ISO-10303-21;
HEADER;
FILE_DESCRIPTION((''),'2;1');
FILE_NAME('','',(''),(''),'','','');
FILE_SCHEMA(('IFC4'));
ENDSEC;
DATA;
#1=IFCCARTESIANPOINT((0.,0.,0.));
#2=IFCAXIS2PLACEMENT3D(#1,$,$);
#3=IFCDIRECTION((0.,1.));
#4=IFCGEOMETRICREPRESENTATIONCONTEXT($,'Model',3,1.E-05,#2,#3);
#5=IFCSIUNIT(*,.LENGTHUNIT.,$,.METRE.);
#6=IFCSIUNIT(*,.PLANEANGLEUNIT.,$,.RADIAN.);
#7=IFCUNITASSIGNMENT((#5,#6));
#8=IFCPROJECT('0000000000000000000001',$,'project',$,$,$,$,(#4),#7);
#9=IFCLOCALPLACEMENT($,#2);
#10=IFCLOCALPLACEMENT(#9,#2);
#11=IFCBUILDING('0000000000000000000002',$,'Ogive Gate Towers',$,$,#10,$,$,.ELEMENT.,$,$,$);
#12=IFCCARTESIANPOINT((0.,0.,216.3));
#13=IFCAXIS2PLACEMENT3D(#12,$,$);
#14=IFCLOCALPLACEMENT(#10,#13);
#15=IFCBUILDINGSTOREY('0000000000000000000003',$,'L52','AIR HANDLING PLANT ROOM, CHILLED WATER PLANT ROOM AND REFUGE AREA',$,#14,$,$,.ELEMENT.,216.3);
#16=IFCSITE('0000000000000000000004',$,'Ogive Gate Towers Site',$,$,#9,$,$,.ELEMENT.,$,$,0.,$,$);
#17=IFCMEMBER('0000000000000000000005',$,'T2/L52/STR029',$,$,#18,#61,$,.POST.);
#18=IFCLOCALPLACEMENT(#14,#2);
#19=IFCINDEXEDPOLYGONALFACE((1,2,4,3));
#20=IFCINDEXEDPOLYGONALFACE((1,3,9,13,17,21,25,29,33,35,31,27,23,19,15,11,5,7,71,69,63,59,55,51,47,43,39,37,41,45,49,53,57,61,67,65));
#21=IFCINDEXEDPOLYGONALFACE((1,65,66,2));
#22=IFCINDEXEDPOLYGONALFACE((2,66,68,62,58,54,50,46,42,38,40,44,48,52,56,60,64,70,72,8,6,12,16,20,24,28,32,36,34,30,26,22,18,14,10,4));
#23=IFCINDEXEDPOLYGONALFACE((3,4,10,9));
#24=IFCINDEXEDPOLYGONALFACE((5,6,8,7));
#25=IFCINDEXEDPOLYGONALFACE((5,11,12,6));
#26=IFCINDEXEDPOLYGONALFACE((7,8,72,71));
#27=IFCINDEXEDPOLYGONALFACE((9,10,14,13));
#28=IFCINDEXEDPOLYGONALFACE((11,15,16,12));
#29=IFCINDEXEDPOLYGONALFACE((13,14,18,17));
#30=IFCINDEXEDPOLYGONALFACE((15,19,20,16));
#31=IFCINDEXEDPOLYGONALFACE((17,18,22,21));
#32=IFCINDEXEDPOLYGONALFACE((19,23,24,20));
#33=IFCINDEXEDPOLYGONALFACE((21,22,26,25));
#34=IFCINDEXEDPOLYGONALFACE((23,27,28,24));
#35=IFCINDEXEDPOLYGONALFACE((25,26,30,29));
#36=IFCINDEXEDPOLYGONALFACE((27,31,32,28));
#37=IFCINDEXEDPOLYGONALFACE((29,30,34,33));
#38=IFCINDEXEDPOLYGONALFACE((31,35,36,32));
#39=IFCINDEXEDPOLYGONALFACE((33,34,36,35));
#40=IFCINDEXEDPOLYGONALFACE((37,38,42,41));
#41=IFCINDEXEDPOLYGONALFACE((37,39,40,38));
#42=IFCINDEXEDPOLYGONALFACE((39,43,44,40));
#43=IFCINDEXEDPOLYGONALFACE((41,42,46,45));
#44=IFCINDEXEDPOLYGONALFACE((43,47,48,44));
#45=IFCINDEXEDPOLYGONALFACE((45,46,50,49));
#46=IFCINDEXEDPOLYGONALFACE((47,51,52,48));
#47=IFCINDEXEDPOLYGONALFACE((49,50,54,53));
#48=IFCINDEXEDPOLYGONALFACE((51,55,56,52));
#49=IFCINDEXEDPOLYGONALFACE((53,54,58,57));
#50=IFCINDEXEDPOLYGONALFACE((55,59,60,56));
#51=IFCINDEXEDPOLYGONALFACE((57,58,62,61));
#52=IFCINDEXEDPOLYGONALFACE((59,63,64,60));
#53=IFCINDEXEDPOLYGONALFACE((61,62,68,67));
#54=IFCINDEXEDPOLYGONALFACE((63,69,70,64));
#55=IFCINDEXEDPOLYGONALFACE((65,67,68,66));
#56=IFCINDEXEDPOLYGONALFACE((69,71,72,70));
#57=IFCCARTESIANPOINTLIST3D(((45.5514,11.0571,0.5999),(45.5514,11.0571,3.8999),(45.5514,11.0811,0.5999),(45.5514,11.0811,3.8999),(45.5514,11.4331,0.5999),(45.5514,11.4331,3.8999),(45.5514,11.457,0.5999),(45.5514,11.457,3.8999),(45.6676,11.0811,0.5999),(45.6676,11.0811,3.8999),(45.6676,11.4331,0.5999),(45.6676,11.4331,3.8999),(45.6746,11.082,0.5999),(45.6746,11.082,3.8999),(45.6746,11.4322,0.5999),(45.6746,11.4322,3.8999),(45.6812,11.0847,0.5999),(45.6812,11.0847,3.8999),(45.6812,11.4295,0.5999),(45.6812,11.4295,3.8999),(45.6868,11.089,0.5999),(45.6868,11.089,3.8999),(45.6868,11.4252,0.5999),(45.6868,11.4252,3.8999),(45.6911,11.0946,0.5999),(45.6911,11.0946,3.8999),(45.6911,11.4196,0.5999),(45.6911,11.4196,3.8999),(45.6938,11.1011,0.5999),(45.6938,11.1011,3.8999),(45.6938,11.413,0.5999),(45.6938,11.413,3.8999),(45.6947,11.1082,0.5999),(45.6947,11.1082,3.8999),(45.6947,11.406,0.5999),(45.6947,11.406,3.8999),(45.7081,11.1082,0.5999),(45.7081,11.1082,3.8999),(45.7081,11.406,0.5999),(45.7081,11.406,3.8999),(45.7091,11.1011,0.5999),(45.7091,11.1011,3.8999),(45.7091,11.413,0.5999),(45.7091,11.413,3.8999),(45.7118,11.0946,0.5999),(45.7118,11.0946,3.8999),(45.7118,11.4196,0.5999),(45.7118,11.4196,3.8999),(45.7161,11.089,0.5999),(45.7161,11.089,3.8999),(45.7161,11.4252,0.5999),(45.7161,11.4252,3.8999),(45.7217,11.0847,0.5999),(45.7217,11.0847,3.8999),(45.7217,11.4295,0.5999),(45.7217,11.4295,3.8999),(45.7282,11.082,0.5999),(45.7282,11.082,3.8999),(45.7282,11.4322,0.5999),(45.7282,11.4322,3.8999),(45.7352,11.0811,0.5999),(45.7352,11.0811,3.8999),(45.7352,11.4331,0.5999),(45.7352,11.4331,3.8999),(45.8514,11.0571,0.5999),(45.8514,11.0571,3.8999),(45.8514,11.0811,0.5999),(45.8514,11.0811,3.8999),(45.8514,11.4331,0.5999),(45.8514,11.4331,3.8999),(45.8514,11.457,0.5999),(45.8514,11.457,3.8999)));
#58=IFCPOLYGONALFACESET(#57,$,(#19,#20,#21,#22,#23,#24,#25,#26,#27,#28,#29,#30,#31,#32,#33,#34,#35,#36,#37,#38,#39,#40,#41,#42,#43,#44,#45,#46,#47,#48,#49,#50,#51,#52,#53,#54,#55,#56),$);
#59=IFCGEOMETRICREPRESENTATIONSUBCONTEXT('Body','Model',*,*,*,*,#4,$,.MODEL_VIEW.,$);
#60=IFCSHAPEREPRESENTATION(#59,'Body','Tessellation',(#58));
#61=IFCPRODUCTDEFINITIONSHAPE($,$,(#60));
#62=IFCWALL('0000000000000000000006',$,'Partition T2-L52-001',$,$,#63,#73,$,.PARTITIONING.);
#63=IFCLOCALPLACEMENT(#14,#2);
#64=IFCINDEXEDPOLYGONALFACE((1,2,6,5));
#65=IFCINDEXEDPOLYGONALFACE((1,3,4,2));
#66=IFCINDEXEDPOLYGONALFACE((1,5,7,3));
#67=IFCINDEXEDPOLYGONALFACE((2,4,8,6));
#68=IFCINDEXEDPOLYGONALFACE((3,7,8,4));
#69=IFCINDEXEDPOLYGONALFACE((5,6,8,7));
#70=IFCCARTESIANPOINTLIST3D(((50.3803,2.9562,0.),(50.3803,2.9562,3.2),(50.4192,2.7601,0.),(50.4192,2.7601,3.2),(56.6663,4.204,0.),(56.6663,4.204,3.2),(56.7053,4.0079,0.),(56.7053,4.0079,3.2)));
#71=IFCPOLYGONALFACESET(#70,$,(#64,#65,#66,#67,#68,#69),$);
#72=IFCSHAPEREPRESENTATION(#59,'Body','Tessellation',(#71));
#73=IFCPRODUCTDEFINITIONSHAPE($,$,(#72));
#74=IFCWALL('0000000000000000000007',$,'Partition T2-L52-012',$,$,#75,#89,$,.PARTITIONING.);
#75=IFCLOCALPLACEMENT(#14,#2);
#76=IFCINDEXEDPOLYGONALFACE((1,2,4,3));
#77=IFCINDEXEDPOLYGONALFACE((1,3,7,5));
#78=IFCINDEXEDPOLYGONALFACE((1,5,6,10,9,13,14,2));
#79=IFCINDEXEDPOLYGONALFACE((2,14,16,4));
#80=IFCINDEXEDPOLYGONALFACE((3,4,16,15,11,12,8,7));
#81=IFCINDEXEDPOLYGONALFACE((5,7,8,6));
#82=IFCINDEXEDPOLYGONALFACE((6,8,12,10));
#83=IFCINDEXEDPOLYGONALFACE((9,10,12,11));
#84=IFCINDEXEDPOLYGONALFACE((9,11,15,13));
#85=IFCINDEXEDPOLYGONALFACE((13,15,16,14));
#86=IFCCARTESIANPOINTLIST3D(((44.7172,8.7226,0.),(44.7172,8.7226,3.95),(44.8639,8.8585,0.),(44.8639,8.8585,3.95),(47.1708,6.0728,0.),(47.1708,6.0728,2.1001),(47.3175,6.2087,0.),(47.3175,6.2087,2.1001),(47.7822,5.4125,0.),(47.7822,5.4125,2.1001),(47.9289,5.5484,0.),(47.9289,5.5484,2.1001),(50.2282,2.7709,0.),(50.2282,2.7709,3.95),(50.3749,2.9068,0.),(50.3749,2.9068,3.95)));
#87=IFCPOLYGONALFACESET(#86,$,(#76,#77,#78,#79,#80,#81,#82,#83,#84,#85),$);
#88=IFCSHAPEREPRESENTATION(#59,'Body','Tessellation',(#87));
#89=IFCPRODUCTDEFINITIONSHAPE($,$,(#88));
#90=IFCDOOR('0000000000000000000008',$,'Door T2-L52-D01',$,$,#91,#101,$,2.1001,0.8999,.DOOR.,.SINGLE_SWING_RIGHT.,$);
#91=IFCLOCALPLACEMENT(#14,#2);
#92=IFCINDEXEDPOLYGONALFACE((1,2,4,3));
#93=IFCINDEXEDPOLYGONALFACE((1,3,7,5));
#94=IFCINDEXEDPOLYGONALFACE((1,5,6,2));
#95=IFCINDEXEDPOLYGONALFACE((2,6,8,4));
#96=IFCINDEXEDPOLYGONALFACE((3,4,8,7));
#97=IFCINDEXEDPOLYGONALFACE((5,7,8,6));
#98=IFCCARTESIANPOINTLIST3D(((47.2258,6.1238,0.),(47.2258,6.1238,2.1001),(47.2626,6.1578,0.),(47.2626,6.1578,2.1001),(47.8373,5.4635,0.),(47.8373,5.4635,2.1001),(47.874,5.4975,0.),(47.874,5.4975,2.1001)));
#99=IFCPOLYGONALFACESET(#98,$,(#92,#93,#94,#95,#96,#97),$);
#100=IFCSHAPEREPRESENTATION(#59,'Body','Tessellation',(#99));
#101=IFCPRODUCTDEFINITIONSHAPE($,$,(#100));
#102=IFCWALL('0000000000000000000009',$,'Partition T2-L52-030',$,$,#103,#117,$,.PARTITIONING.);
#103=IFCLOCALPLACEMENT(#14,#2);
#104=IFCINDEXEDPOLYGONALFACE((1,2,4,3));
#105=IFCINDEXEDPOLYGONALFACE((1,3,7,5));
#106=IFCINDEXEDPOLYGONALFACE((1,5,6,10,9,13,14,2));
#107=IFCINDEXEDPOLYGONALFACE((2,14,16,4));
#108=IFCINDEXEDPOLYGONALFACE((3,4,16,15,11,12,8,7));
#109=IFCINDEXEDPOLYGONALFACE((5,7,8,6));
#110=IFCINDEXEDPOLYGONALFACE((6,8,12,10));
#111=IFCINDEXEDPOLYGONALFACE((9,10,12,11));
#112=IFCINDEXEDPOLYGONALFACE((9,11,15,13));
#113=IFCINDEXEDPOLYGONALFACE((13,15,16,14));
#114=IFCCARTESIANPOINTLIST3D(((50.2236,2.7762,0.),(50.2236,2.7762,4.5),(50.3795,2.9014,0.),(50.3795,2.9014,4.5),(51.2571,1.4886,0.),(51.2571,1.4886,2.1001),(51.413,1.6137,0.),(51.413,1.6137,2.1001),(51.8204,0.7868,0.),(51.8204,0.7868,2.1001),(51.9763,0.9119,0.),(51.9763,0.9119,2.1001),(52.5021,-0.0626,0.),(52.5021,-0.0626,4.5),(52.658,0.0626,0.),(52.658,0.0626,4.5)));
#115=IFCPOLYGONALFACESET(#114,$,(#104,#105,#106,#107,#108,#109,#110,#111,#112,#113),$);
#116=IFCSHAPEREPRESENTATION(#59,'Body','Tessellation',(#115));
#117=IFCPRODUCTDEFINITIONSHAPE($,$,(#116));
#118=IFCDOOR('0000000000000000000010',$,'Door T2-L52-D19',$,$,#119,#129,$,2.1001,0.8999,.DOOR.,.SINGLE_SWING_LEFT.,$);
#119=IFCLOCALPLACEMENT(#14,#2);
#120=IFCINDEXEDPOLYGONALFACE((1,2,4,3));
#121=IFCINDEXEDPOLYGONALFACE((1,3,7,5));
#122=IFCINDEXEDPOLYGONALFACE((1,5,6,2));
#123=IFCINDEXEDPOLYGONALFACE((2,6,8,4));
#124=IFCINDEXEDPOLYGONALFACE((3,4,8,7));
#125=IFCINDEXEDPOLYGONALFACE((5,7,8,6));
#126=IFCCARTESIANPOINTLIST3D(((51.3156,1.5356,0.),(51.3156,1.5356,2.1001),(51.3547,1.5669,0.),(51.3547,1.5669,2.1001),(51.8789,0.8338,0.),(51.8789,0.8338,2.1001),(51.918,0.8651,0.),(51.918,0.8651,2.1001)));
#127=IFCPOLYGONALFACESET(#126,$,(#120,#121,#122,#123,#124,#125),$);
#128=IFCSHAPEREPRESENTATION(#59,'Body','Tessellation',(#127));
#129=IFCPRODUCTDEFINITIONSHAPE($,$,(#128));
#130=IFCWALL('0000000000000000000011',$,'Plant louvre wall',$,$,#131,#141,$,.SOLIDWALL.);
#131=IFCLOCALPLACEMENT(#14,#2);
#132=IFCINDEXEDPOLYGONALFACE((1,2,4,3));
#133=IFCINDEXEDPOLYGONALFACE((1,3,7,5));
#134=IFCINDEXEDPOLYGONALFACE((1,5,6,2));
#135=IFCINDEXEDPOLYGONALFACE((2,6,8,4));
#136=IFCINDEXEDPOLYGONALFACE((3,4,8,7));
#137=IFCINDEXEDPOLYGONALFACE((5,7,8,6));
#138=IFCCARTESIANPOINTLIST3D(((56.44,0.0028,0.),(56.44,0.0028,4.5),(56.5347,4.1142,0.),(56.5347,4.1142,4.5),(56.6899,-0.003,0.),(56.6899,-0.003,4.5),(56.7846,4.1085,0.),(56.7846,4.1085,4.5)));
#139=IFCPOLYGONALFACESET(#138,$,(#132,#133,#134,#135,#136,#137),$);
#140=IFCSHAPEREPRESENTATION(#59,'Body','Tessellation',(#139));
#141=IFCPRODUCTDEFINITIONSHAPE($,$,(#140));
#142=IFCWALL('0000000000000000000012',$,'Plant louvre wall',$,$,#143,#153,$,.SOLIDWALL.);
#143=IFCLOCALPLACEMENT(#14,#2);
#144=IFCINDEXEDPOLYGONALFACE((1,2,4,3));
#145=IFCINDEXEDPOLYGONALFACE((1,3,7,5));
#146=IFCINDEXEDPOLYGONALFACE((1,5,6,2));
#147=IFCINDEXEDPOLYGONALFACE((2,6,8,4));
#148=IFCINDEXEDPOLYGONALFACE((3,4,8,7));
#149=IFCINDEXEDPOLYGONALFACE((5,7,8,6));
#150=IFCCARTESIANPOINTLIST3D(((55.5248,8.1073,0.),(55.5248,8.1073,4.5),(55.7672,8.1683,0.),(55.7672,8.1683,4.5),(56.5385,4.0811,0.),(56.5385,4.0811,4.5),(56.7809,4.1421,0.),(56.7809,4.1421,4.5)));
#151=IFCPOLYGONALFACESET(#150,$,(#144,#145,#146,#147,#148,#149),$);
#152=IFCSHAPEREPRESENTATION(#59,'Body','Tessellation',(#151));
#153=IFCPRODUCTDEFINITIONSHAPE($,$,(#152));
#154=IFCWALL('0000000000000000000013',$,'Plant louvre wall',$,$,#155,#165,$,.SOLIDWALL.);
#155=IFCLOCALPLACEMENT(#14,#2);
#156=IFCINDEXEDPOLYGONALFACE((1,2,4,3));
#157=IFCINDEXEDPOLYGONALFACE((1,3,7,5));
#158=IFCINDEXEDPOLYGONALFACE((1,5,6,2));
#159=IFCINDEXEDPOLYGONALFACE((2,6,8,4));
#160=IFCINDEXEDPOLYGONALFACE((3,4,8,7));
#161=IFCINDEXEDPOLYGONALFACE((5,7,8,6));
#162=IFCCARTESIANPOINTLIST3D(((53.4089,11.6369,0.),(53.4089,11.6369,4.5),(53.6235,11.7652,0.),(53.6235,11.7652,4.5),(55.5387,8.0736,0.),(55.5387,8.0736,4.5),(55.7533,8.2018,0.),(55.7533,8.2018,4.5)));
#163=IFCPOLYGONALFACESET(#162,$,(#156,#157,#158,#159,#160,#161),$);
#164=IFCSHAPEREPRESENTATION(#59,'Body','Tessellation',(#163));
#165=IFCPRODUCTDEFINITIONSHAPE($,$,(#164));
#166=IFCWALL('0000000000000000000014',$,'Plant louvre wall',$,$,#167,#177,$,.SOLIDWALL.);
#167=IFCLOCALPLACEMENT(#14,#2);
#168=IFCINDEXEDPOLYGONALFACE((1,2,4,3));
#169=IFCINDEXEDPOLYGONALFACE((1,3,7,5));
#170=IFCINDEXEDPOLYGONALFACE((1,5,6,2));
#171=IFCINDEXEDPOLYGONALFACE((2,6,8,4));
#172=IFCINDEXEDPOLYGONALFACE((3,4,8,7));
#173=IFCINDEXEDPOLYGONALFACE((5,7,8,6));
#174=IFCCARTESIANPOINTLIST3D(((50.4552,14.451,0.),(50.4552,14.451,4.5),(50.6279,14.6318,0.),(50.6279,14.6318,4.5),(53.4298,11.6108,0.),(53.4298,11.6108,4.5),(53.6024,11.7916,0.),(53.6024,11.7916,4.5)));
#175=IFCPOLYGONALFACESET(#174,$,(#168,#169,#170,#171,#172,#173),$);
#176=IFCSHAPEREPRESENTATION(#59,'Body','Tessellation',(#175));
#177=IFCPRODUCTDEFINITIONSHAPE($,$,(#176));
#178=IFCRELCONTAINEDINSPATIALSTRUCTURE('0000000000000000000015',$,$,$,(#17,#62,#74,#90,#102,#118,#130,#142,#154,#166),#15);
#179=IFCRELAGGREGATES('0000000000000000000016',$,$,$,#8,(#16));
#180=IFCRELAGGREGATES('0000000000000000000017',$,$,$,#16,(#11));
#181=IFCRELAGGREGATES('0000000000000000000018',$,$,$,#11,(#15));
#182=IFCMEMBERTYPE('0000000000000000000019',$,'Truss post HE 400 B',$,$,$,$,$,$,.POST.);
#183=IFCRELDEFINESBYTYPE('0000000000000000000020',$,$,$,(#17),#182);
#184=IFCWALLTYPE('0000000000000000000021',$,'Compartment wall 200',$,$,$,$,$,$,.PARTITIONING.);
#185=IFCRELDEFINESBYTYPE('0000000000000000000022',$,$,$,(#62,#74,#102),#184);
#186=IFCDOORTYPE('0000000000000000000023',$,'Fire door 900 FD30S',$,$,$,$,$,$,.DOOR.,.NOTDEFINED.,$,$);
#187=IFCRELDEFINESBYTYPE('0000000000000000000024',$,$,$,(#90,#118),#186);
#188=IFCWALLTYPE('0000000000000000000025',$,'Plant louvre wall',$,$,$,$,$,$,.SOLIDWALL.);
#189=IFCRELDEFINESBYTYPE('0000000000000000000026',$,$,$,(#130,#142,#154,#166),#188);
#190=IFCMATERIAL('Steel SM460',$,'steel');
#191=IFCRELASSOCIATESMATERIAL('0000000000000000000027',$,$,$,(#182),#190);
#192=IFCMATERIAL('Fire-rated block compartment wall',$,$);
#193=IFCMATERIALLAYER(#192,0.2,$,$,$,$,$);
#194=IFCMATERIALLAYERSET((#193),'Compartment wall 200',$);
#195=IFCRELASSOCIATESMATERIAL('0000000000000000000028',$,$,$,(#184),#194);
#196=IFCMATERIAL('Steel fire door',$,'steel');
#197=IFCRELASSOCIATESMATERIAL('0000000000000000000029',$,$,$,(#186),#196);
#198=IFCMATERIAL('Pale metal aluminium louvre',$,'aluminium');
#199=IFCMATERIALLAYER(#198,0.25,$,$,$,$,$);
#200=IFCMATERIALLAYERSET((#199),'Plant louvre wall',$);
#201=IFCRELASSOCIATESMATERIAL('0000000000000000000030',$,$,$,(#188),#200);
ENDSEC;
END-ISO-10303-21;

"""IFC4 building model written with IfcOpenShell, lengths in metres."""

from ifc_helpers import new_model, si_unit, direction, frame, frame_2d, origin, origin_2d, place, context, subcontext, project, spatial, rectangle, i_section, extrude, material, layer, layer_set, material_profile, profile_set, type_object, element, fill, save


model = new_model("IFC4")

# Units and contexts
model_context = context("Model", 3, precision=1e-05, world=origin(), true_north=direction((0.0, 1.0)))
body_context = subcontext(model_context, "Body", "Model", "MODEL_VIEW")
ifc_project = project(units=[si_unit("LENGTHUNIT", "METRE"), si_unit("PLANEANGLEUNIT", "RADIAN")], contexts=[model_context])

# Site, building, storey
site_placement = place(None, origin())
site = spatial("IfcSite", under=ifc_project, at=site_placement, Name="Ogive Gate Towers Site", CompositionType="ELEMENT", RefElevation=0.0)
building_placement = place(site_placement, origin())
building = spatial("IfcBuilding", under=site, at=building_placement, Name="Ogive Gate Towers", CompositionType="ELEMENT")
storey_placement = place(building_placement, frame((0.0, 0.0, 216.3)))
storey = spatial("IfcBuildingStorey", under=building, at=storey_placement, Name="L52", Description="AIR HANDLING PLANT ROOM, CHILLED WATER PLANT ROOM AND REFUGE AREA", CompositionType="ELEMENT", Elevation=216.3)

# Shared definitions
ifc_material_1 = material(Name="Steel SM460", Category="steel")

# Member
ifc_material_profile_1 = material_profile(ifc_material_1, i_section(OverallWidth=0.3, OverallDepth=0.3999, WebThickness=0.0134, FlangeThickness=0.0239, FilletRadius=0.0271, at=origin_2d()), Name="HE 400 B")
ifc_profile_set_1 = profile_set([ifc_material_profile_1], Name="Steel SM460")
member_type_1 = type_object("IfcMemberType", Name="Truss post HE 400 B", PredefinedType="POST", material=ifc_profile_set_1)
member_1_placement = place(storey_placement, frame((45.7014, 11.2571, 0.5999), z_axis=(0.0, 0.0, 1.0), x_axis=(1.0, 0.0, 0.0)))
element("IfcMember", 1, at=member_1_placement, inside=storey, type_object=member_type_1, Name="T2/L52/STR029", PredefinedType="POST", context=body_context, shape_type="SweptSolid", body=[
    extrude(i_section(OverallWidth=0.3, OverallDepth=0.3999, WebThickness=0.0134, FlangeThickness=0.0239, FilletRadius=0.0271, at=origin_2d()), origin(), (0.0, 0.0, 1.0), 3.3),
])

# Wall
ifc_material_2 = material(Name="Fire-rated block compartment wall")
ifc_layer_1 = layer(ifc_material_2, 0.2)
ifc_layer_set_1 = layer_set([ifc_layer_1], Name="Compartment wall 200")
wall_type_1 = type_object("IfcWallType", Name="Compartment wall 200", PredefinedType="PARTITIONING", material=ifc_layer_set_1)
wall_1_placement = place(storey_placement, frame((56.6858, 4.106, 0.0), z_axis=(0.0, 0.0, 1.0), x_axis=(-0.980862, -0.194702, 0.0)))
element("IfcWall", 2, at=wall_1_placement, inside=storey, type_object=wall_type_1, Name="Partition T2-L52-001", PredefinedType="PARTITIONING", context=body_context, shape_type="SweptSolid", body=[
    extrude(rectangle(XDim=6.4087, YDim=0.2, at=frame_2d((3.2043, 0.0))), origin(), (0.0, 0.0, 1.0), 3.2),
])

# Walls, openings, doors
wall_2_placement = place(storey_placement, frame((50.3015, 2.8389, 0.0), z_axis=(0.0, 0.0, 1.0), x_axis=(-0.679421, 0.733749, 0.0)))
wall_2 = element("IfcWall", 3, at=wall_2_placement, inside=storey, type_object=wall_type_1, Name="Partition T2-L52-012", PredefinedType="PARTITIONING", context=body_context, shape_type="SweptSolid", body=[
    extrude(rectangle(XDim=8.1113, YDim=0.2, at=frame_2d((4.0557, 0.0))), origin(), (0.0, 0.0, 1.0), 3.95),
])
opening_1_placement = place(wall_2_placement, frame((3.6001, 0.0, 0.0)))
opening_1 = element("IfcOpeningElement", 4, at=opening_1_placement, cuts=wall_2, PredefinedType="OPENING", context=body_context, shape_type="SweptSolid", body=[
    extrude(rectangle(XDim=0.8999, YDim=2.1001, at=frame_2d((0.45, 1.05))), frame((0.0, 0.1099, 0.0), z_axis=(0.0, -1.0, 0.0), x_axis=(1.0, 0.0, 0.0)), (0.0, 0.0, 1.0), 0.22),
])
ifc_material_3 = material(Name="Steel fire door", Category="steel")
door_type = type_object("IfcDoorType", Name="Fire door 900 FD30S", OperationType="NOTDEFINED", PredefinedType="DOOR", material=ifc_material_3)
door_1_placement = place(opening_1_placement, origin())
door_1 = element("IfcDoor", 5, at=door_1_placement, inside=storey, type_object=door_type, Name="Door T2-L52-D01", OperationType="SINGLE_SWING_RIGHT", OverallHeight=2.1001, OverallWidth=0.8999, PredefinedType="DOOR", context=body_context, shape_type="SweptSolid", body=[
    extrude(rectangle(XDim=0.8999, YDim=2.1001, at=frame_2d((0.45, 1.05))), frame((0.0, 0.0249, 0.0), z_axis=(0.0, -1.0, 0.0), x_axis=(1.0, 0.0, 0.0)), (0.0, 0.0, 1.0), 0.05),
])
fill(opening_1, door_1)
wall_3_placement = place(storey_placement, frame((52.5801, 0.0, 0.0), z_axis=(0.0, 0.0, 1.0), x_axis=(-0.625946, 0.779867, 0.0)))
wall_3 = element("IfcWall", 6, at=wall_3_placement, inside=storey, type_object=wall_type_1, Name="Partition T2-L52-030", PredefinedType="PARTITIONING", context=body_context, shape_type="SweptSolid", body=[
    extrude(rectangle(XDim=3.6401, YDim=0.2, at=frame_2d((1.8201, 0.0))), origin(), (0.0, 0.0, 1.0), 4.5),
])
opening_2_placement = place(wall_3_placement, frame((1.0891, 0.0, 0.0)))
opening_2 = element("IfcOpeningElement", 7, at=opening_2_placement, cuts=wall_3, PredefinedType="OPENING", context=body_context, shape_type="SweptSolid", body=[
    extrude(rectangle(XDim=0.8999, YDim=2.1001, at=frame_2d((0.45, 1.05))), frame((0.0, 0.1099, 0.0), z_axis=(0.0, -1.0, 0.0), x_axis=(1.0, 0.0, 0.0)), (0.0, 0.0, 1.0), 0.22),
])
door_2_placement = place(opening_2_placement, origin())
door_2 = element("IfcDoor", 8, at=door_2_placement, inside=storey, type_object=door_type, Name="Door T2-L52-D19", OperationType="SINGLE_SWING_LEFT", OverallHeight=2.1001, OverallWidth=0.8999, PredefinedType="DOOR", context=body_context, shape_type="SweptSolid", body=[
    extrude(rectangle(XDim=0.8999, YDim=2.1001, at=frame_2d((0.45, 1.05))), frame((0.0, 0.0249, 0.0), z_axis=(0.0, -1.0, 0.0), x_axis=(1.0, 0.0, 0.0)), (0.0, 0.0, 1.0), 0.05),
])
fill(opening_2, door_2)

# Walls
ifc_material_4 = material(Name="Pale metal aluminium louvre", Category="aluminium")
ifc_layer_2 = layer(ifc_material_4, 0.25)
ifc_layer_set_2 = layer_set([ifc_layer_2], Name="Plant louvre wall")
wall_type_2 = type_object("IfcWallType", Name="Plant louvre wall", PredefinedType="SOLIDWALL", material=ifc_layer_set_2)
wall_4_placement = place(storey_placement, frame((56.5649, 0.0, 0.0), z_axis=(0.0, 0.0, 1.0), x_axis=(0.023033, 0.999735, 0.0)))
element("IfcWall", 9, at=wall_4_placement, inside=storey, type_object=wall_type_2, Name="Plant louvre wall", PredefinedType="SOLIDWALL", context=body_context, shape_type="SweptSolid", body=[
    extrude(rectangle(XDim=4.1125, YDim=0.25, at=frame_2d((2.0562, 0.0))), origin(), (0.0, 0.0, 1.0), 4.5),
])
wall_5_placement = place(storey_placement, frame((56.6597, 4.1116, 0.0), z_axis=(0.0, 0.0, 1.0), x_axis=(-0.244154, 0.969736, 0.0)))
element("IfcWall", 10, at=wall_5_placement, inside=storey, type_object=wall_type_2, Name="Plant louvre wall", PredefinedType="SOLIDWALL", context=body_context, shape_type="SweptSolid", body=[
    extrude(rectangle(XDim=4.1519, YDim=0.25, at=frame_2d((2.0759, 0.0))), origin(), (0.0, 0.0, 1.0), 4.5),
])
wall_6_placement = place(storey_placement, frame((55.646, 8.1377, 0.0), z_axis=(0.0, 0.0, 1.0), x_axis=(-0.513042, 0.858363, 0.0)))
element("IfcWall", 11, at=wall_6_placement, inside=storey, type_object=wall_type_2, Name="Plant louvre wall", PredefinedType="SOLIDWALL", context=body_context, shape_type="SweptSolid", body=[
    extrude(rectangle(XDim=4.1514, YDim=0.25, at=frame_2d((2.0757, 0.0))), origin(), (0.0, 0.0, 1.0), 4.5),
])
for number, where, z_axis, x_axis, name in (
    (12, (53.5161, 11.7012, 0.0), (0.0, 0.0, 1.0), (-0.723242, 0.690594, 0.0), "Plant louvre wall"),
):
    element("IfcWall", number, at=place(storey_placement, frame(where, z_axis=z_axis, x_axis=x_axis)), inside=storey, type_object=wall_type_2, Name=name, PredefinedType="SOLIDWALL", context=body_context, shape_type="SweptSolid", body=[
        extrude(rectangle(XDim=4.1128, YDim=0.25, at=frame_2d((2.0564, 0.0))), origin(), (0.0, 0.0, 1.0), 4.5),
    ])

save(model, "model.ifc")
